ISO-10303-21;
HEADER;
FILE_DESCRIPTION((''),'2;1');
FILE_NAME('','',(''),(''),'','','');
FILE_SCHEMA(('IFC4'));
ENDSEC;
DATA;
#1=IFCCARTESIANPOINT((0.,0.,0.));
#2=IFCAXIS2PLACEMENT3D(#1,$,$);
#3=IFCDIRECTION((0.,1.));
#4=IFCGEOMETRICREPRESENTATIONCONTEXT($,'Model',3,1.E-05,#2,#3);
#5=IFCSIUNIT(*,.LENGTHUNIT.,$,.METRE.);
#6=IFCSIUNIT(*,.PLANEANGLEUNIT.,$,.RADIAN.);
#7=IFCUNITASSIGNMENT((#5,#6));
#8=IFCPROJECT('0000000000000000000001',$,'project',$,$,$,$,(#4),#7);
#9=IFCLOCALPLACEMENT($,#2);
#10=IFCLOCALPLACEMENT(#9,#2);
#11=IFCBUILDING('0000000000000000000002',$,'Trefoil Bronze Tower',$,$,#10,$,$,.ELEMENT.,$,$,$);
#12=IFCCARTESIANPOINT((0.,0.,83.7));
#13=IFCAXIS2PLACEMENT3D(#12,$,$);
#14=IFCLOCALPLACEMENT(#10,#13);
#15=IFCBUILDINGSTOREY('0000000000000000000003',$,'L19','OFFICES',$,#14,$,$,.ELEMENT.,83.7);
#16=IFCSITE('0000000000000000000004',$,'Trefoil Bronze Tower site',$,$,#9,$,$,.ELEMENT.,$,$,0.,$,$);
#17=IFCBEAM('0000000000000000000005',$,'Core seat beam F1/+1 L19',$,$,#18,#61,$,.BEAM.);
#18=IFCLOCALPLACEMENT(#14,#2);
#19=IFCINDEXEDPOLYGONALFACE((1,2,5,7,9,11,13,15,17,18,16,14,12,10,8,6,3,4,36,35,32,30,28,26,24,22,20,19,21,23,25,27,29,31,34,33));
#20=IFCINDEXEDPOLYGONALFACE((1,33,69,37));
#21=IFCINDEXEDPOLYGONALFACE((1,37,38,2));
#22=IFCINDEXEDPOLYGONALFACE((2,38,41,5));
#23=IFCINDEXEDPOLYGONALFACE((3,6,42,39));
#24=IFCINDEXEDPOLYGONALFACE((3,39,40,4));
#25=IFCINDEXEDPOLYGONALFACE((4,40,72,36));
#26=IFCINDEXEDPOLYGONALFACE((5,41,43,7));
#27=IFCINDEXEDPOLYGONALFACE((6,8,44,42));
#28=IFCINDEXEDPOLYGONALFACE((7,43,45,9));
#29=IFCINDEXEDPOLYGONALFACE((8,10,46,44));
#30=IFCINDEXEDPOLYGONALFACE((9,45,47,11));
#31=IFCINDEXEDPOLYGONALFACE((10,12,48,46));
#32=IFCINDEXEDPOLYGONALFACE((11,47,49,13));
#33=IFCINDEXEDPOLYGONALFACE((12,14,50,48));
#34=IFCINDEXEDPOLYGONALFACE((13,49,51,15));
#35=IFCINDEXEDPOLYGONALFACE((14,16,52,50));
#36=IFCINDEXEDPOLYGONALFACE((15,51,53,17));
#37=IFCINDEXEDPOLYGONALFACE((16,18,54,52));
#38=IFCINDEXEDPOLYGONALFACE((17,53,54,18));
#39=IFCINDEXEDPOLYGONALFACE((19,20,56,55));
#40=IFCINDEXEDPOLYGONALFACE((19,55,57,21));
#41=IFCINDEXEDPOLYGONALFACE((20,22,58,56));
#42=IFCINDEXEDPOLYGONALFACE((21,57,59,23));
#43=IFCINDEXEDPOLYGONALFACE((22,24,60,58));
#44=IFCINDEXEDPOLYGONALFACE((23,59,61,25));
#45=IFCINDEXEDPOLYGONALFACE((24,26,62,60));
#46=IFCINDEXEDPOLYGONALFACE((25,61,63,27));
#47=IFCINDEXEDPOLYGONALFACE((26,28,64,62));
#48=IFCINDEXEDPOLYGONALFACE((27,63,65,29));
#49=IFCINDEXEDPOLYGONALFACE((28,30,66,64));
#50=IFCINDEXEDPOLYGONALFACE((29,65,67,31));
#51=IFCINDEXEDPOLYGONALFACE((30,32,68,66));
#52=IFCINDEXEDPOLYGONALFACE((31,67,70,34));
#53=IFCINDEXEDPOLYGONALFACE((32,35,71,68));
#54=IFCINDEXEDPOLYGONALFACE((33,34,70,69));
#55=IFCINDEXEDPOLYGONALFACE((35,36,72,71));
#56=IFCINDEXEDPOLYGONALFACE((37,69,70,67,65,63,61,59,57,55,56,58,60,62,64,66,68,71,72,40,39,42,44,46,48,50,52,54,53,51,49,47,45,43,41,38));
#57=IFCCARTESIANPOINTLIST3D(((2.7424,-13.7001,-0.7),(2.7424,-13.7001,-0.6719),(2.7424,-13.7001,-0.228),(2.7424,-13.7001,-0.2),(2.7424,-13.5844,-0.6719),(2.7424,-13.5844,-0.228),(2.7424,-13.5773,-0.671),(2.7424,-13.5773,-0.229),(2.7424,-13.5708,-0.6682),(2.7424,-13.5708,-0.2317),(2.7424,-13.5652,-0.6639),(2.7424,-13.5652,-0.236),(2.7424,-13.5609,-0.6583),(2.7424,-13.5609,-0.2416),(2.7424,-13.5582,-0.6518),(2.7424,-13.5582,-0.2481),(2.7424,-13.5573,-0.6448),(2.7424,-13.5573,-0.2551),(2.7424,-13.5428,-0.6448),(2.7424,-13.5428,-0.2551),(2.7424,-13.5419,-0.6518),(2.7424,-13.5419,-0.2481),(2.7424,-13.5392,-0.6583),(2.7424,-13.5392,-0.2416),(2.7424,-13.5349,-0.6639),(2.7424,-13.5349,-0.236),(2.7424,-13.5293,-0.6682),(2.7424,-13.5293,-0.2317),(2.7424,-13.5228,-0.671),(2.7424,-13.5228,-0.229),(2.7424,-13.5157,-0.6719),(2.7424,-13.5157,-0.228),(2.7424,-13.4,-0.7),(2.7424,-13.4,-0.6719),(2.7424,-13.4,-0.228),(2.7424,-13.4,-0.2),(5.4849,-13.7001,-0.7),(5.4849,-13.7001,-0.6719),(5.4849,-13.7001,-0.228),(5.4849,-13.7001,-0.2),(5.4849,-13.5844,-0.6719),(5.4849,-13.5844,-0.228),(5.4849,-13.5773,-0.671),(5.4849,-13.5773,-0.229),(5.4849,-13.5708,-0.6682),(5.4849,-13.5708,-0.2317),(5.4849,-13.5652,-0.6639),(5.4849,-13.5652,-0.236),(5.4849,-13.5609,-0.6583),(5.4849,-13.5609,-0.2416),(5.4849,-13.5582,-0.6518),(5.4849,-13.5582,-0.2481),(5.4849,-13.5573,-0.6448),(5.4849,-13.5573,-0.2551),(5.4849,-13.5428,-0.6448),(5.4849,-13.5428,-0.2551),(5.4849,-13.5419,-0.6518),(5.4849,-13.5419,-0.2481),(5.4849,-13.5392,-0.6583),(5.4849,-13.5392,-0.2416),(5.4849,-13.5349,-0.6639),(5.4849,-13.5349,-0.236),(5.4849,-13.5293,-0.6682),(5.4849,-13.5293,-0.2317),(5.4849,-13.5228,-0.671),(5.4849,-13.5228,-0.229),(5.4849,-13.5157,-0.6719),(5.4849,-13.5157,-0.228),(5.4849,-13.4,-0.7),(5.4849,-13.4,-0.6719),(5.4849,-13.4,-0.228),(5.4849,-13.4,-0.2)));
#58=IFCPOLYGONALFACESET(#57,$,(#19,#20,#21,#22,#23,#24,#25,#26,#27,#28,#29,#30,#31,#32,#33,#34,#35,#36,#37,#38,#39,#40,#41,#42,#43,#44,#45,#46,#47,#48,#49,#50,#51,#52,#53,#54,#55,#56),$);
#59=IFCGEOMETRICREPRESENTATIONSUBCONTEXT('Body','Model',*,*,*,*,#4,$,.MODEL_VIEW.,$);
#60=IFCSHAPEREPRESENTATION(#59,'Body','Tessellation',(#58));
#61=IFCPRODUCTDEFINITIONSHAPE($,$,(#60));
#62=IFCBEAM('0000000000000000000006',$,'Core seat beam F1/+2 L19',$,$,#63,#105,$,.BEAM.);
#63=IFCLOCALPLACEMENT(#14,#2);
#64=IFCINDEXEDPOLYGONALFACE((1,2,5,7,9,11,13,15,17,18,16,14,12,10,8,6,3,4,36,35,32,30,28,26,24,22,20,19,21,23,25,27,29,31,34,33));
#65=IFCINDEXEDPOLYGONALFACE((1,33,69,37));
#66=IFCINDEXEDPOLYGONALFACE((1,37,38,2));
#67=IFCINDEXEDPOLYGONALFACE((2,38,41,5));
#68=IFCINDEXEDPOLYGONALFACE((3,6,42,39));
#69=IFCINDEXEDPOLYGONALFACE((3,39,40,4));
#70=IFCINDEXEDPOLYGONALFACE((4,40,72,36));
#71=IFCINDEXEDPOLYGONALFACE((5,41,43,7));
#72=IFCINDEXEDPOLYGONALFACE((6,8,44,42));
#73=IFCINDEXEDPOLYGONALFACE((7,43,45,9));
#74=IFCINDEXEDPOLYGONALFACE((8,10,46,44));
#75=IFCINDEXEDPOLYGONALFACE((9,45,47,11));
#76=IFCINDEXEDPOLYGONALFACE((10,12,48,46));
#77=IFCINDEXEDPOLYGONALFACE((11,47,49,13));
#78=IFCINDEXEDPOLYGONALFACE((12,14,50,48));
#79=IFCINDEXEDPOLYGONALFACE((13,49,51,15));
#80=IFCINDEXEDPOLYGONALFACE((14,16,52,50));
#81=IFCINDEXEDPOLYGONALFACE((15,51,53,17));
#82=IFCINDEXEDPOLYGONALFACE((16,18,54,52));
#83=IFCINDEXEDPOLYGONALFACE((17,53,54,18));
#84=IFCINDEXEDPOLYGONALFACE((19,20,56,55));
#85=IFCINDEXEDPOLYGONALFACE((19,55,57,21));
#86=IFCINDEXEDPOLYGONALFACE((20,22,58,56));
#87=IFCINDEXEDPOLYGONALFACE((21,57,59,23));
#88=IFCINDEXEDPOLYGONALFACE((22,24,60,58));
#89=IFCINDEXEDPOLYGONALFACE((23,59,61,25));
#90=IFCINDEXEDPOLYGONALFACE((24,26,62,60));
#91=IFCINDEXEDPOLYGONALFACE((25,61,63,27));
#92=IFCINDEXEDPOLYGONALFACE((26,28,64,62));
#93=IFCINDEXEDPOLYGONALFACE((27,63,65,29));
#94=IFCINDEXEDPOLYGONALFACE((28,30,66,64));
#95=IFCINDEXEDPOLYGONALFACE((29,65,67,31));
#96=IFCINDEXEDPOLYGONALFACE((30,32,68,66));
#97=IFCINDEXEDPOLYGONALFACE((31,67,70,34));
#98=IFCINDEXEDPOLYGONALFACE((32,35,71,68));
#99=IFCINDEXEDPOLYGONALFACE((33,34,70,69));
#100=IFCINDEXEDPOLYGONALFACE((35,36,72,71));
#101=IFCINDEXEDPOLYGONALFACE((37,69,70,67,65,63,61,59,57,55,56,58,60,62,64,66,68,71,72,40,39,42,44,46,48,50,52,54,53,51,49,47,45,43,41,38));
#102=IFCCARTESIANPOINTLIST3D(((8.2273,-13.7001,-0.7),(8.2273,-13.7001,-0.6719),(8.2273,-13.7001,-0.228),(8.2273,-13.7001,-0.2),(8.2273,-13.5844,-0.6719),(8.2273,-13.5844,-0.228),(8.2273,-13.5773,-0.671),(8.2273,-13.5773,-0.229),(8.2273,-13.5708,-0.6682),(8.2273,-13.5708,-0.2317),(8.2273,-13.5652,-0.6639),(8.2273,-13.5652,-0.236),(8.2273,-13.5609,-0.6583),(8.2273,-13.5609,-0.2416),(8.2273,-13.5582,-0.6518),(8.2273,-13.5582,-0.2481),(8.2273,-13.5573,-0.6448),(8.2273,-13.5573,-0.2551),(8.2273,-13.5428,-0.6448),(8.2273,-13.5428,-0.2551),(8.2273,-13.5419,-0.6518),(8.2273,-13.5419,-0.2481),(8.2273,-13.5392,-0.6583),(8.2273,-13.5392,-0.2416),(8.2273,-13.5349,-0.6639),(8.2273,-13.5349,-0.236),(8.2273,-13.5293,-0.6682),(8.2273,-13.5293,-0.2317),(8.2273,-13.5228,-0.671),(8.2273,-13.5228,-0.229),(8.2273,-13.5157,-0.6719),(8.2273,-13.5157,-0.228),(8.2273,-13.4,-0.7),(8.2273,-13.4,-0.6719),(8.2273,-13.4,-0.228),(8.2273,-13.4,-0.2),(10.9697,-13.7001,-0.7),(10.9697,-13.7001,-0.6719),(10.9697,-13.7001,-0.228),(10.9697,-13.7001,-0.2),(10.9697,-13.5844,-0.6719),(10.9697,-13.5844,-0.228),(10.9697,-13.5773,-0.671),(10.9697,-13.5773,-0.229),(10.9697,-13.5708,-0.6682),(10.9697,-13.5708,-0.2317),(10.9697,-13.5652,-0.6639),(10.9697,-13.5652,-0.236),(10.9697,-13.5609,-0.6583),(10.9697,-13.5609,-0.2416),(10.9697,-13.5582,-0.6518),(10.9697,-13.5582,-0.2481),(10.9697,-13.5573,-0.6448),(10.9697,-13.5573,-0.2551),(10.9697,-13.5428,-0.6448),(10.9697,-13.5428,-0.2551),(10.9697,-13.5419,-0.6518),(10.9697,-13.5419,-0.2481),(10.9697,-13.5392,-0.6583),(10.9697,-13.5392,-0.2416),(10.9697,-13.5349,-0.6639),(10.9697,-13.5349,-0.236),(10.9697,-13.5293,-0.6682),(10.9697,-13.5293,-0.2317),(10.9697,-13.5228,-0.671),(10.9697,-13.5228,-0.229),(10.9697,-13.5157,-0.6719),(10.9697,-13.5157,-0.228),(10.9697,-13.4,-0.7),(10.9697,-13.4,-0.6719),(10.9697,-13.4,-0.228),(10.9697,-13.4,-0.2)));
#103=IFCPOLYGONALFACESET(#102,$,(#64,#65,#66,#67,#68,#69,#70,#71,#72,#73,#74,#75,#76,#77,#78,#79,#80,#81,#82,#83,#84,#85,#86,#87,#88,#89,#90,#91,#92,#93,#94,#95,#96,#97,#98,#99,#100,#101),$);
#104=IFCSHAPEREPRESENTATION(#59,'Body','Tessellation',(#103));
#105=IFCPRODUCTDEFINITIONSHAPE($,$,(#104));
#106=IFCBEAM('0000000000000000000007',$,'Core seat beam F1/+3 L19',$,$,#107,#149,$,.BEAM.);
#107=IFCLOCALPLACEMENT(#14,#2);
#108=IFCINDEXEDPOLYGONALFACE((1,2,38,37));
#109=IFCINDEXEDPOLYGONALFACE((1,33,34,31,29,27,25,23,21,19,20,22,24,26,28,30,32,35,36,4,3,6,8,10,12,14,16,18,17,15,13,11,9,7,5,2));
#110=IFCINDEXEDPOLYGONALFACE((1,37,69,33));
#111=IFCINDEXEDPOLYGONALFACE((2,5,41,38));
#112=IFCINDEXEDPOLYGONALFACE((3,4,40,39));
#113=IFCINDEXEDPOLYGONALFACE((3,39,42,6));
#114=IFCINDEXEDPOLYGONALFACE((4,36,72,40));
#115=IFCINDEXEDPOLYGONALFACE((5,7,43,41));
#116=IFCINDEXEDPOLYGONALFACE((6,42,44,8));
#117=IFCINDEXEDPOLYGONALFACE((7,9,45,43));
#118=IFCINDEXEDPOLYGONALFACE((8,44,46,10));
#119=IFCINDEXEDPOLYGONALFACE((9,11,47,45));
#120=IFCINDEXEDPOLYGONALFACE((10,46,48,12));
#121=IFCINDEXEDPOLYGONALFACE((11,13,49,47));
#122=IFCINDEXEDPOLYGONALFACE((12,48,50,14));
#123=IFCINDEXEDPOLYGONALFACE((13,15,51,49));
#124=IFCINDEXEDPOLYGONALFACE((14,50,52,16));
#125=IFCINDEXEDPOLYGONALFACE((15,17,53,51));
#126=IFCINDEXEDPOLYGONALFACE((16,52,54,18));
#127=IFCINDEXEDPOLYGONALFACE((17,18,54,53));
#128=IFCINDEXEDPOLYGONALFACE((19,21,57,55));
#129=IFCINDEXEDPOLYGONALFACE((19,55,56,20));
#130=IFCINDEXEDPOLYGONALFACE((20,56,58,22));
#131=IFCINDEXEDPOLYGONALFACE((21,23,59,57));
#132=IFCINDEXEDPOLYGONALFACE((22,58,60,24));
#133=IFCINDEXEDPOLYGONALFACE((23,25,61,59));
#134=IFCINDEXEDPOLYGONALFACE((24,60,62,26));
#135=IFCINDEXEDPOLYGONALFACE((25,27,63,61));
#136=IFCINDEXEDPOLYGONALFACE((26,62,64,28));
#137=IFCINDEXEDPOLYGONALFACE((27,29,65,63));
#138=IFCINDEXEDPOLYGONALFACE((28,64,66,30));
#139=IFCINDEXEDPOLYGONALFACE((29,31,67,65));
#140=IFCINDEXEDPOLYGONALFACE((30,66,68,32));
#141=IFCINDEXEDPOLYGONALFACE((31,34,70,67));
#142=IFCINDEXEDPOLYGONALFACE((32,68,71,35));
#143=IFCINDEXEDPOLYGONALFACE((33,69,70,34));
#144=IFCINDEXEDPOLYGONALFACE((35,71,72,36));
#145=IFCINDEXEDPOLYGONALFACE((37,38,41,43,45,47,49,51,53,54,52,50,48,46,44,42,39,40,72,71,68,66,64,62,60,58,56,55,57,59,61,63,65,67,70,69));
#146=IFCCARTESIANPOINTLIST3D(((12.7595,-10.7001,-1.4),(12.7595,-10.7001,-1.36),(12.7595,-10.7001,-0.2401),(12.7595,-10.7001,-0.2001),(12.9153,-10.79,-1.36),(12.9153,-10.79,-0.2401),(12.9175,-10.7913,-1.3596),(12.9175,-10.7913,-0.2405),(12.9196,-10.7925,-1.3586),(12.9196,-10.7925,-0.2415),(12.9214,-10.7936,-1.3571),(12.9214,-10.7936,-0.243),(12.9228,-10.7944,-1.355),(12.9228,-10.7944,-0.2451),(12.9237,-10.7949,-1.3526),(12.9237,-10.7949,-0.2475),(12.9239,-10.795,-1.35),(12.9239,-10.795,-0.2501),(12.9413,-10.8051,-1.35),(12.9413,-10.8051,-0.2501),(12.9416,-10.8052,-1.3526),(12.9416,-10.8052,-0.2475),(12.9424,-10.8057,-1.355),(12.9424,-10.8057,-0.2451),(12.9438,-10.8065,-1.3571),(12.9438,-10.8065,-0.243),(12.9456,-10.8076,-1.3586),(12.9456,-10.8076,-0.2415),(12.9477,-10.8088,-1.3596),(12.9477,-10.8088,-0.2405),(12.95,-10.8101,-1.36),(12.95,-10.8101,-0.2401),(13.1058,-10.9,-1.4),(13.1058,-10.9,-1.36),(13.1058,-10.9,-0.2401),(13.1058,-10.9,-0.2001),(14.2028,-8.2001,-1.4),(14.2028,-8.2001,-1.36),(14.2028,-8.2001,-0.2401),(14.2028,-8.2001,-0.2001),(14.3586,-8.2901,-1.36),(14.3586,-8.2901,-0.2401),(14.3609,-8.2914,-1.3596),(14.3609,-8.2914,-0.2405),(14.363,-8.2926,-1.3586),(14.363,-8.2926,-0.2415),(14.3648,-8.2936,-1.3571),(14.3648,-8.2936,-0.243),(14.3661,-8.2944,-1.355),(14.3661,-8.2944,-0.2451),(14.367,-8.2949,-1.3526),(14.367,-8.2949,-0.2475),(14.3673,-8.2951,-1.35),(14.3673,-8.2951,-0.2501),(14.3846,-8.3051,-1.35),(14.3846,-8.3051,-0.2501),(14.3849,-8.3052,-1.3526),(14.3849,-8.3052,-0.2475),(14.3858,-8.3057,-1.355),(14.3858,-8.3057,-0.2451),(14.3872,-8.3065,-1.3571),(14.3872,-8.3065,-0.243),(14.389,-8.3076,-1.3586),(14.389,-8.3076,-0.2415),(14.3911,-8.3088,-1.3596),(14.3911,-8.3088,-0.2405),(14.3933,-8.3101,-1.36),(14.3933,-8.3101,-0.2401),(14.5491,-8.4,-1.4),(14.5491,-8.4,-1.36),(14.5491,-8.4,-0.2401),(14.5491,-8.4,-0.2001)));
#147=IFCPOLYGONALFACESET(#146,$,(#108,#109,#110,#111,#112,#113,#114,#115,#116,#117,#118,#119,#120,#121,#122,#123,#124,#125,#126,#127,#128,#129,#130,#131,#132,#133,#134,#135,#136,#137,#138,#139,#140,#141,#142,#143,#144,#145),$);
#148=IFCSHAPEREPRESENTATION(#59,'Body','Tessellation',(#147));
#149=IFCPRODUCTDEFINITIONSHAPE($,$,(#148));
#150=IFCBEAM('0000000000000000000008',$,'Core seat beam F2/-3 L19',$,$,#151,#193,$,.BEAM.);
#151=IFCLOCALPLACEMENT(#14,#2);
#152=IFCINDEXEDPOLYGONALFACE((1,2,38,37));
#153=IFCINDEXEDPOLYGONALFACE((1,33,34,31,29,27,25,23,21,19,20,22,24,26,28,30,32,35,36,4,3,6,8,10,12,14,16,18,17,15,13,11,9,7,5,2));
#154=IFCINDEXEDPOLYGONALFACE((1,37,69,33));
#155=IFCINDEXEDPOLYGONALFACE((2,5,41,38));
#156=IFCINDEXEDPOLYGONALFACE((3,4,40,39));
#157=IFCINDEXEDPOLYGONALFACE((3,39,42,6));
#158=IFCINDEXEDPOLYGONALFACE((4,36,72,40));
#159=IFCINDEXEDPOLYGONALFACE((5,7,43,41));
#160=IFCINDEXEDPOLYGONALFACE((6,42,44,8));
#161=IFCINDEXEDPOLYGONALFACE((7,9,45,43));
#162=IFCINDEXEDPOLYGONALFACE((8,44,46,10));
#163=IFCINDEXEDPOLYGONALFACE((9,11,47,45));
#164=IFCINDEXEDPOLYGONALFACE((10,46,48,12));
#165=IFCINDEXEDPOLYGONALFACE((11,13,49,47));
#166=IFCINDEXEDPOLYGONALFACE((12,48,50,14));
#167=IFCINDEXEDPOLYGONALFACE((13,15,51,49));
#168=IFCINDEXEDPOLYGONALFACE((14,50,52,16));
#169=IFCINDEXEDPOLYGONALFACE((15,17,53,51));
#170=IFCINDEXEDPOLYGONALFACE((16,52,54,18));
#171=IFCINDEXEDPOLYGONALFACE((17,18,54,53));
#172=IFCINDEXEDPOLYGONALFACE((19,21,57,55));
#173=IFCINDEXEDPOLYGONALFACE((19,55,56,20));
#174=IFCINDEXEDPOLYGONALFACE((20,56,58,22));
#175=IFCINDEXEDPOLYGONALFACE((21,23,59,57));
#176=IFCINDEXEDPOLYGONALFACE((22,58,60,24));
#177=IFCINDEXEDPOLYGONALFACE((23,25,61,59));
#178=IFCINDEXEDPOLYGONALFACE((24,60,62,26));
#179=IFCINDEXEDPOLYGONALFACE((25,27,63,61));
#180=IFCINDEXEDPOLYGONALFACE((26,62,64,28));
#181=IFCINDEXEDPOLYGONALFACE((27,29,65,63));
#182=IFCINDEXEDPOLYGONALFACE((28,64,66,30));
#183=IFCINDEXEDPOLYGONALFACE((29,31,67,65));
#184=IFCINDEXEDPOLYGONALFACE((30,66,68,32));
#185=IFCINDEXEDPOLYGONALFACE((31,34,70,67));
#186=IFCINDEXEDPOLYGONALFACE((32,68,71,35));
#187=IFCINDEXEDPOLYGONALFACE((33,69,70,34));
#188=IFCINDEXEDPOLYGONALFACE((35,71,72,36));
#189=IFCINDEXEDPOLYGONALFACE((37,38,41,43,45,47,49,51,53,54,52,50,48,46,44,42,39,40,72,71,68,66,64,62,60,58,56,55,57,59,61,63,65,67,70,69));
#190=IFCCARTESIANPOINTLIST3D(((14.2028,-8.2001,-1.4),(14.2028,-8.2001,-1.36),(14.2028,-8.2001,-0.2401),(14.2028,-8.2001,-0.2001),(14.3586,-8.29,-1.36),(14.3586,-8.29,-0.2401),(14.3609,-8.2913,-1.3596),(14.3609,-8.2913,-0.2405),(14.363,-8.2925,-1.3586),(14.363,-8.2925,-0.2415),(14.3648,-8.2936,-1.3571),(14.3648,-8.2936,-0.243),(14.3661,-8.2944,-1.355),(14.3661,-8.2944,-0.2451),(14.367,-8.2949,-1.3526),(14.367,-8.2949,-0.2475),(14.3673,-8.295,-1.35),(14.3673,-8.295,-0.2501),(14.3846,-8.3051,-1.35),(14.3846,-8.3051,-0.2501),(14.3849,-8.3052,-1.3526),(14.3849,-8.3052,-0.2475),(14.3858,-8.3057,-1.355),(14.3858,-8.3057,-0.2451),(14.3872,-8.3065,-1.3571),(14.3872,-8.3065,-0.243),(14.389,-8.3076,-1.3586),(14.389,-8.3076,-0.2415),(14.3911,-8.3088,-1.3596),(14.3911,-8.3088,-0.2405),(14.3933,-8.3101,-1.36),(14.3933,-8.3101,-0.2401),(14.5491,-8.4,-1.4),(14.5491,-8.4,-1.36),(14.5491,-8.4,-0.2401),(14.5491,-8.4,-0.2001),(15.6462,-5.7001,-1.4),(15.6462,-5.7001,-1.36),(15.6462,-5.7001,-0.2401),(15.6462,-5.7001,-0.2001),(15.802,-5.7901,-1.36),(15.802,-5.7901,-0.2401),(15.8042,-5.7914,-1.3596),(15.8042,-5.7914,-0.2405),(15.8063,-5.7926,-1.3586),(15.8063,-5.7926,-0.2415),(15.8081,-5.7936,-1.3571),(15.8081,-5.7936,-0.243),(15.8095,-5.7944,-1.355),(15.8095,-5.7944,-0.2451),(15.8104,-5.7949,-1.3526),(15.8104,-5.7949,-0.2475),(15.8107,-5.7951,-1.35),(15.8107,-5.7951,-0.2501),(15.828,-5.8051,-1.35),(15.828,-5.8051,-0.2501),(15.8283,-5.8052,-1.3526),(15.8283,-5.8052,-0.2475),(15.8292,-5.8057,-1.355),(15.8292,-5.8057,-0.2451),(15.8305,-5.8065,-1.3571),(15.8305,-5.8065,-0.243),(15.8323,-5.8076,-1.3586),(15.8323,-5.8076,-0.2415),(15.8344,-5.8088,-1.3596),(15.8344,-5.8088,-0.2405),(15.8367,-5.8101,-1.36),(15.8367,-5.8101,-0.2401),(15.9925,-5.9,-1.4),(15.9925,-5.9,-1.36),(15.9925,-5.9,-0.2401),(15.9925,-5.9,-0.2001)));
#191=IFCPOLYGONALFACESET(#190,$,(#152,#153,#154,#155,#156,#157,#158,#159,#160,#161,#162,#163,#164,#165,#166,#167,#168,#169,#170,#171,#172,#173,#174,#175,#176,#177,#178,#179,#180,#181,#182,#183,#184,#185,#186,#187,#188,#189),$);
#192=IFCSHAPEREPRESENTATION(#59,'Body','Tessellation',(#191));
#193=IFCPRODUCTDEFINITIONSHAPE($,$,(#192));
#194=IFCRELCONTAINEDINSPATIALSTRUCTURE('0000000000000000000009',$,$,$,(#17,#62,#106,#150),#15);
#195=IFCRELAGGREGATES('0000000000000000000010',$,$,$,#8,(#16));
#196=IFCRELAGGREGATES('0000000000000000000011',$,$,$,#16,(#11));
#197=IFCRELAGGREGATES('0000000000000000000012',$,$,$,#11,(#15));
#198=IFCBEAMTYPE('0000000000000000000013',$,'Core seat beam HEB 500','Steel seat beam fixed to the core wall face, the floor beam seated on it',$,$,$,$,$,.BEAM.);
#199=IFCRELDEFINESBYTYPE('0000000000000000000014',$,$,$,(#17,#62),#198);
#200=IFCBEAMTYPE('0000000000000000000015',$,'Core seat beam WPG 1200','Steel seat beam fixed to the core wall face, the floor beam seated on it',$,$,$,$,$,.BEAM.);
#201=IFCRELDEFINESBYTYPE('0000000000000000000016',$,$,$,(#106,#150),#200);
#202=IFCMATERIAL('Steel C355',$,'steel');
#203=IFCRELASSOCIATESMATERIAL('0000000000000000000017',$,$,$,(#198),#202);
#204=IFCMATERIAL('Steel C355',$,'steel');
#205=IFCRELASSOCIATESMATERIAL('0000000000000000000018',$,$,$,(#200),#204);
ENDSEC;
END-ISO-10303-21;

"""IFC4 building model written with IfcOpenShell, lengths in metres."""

from ifc_helpers import new_model, si_unit, direction, frame, origin, origin_2d, place, context, subcontext, project, spatial, i_section, extrude, material, material_profile, profile_set, type_object, element, save


model = new_model("IFC4")

# Units and contexts
model_context = context("Model", 3, precision=1e-05, world=origin(), true_north=direction((0.0, 1.0)))
body_context = subcontext(model_context, "Body", "Model", "MODEL_VIEW")
ifc_project = project(units=[si_unit("LENGTHUNIT", "METRE"), si_unit("PLANEANGLEUNIT", "RADIAN")], contexts=[model_context])

# Site, building, storey
site_placement = place(None, origin())
site = spatial("IfcSite", under=ifc_project, at=site_placement, Name="Trefoil Bronze Tower site", CompositionType="ELEMENT", RefElevation=0.0)
building_placement = place(site_placement, origin())
building = spatial("IfcBuilding", under=site, at=building_placement, Name="Trefoil Bronze Tower", CompositionType="ELEMENT")
storey_placement = place(building_placement, frame((0.0, 0.0, 83.7)))
storey = spatial("IfcBuildingStorey", under=building, at=storey_placement, Name="L19", Description="OFFICES", CompositionType="ELEMENT", Elevation=83.7)

# Beams
ifc_material_1 = material(Name="Steel C355", Category="steel")
ifc_material_profile_1 = material_profile(ifc_material_1, i_section(OverallWidth=0.3, OverallDepth=0.5, WebThickness=0.0144, FlangeThickness=0.0281, FilletRadius=0.0271, at=origin_2d()), Name="HEB 500")
ifc_profile_set_1 = profile_set([ifc_material_profile_1], Name="Steel C355")
beam_type_1 = type_object("IfcBeamType", Name="Core seat beam HEB 500", Description="Steel seat beam fixed to the core wall face, the floor beam seated on it", PredefinedType="BEAM", material=ifc_profile_set_1)
for number, where, z_axis, x_axis, name in (
    (1, (2.7424, -13.55, -0.45), (1.0, 0.0, 0.0), (0.0, 1.0, 0.0), "Core seat beam F1/+1 L19"),
    (2, (8.2273, -13.55, -0.45), (1.0, 0.0, 0.0), (0.0, 1.0, 0.0), "Core seat beam F1/+2 L19"),
):
    element("IfcBeam", number, at=place(storey_placement, frame(where, z_axis=z_axis, x_axis=x_axis)), inside=storey, type_object=beam_type_1, Name=name, PredefinedType="BEAM", context=body_context, shape_type="SweptSolid", body=[
        extrude(i_section(OverallWidth=0.3, OverallDepth=0.5, WebThickness=0.0144, FlangeThickness=0.0281, FilletRadius=0.0271, at=origin_2d()), origin(), (0.0, 0.0, 1.0), 2.7424),
    ])
ifc_material_2 = material(Name="Steel C355", Category="steel")
ifc_material_profile_2 = material_profile(ifc_material_2, i_section(OverallWidth=0.3999, OverallDepth=1.2, WebThickness=0.02, FlangeThickness=0.04, FilletRadius=0.01, at=origin_2d()), Name="WPG 1200")
ifc_profile_set_2 = profile_set([ifc_material_profile_2], Name="Steel C355")
beam_type_2 = type_object("IfcBeamType", Name="Core seat beam WPG 1200", Description="Steel seat beam fixed to the core wall face, the floor beam seated on it", PredefinedType="BEAM", material=ifc_profile_set_2)
for number, where, z_axis, x_axis, name in (
    (3, (12.9326, -10.8, -0.8), (0.499996, 0.866028, 0.0), (-0.866028, 0.499996, 0.0), "Core seat beam F1/+3 L19"),
    (4, (14.376, -8.3, -0.8), (0.499996, 0.866028, 0.0), (-0.866028, 0.499996, 0.0), "Core seat beam F2/-3 L19"),
):
    element("IfcBeam", number, at=place(storey_placement, frame(where, z_axis=z_axis, x_axis=x_axis)), inside=storey, type_object=beam_type_2, Name=name, PredefinedType="BEAM", context=body_context, shape_type="SweptSolid", body=[
        extrude(i_section(OverallWidth=0.3999, OverallDepth=1.2, WebThickness=0.02, FlangeThickness=0.04, FilletRadius=0.01, at=origin_2d()), origin(), (0.0, 0.0, 1.0), 2.8867),
    ])

save(model, "model.ifc")
